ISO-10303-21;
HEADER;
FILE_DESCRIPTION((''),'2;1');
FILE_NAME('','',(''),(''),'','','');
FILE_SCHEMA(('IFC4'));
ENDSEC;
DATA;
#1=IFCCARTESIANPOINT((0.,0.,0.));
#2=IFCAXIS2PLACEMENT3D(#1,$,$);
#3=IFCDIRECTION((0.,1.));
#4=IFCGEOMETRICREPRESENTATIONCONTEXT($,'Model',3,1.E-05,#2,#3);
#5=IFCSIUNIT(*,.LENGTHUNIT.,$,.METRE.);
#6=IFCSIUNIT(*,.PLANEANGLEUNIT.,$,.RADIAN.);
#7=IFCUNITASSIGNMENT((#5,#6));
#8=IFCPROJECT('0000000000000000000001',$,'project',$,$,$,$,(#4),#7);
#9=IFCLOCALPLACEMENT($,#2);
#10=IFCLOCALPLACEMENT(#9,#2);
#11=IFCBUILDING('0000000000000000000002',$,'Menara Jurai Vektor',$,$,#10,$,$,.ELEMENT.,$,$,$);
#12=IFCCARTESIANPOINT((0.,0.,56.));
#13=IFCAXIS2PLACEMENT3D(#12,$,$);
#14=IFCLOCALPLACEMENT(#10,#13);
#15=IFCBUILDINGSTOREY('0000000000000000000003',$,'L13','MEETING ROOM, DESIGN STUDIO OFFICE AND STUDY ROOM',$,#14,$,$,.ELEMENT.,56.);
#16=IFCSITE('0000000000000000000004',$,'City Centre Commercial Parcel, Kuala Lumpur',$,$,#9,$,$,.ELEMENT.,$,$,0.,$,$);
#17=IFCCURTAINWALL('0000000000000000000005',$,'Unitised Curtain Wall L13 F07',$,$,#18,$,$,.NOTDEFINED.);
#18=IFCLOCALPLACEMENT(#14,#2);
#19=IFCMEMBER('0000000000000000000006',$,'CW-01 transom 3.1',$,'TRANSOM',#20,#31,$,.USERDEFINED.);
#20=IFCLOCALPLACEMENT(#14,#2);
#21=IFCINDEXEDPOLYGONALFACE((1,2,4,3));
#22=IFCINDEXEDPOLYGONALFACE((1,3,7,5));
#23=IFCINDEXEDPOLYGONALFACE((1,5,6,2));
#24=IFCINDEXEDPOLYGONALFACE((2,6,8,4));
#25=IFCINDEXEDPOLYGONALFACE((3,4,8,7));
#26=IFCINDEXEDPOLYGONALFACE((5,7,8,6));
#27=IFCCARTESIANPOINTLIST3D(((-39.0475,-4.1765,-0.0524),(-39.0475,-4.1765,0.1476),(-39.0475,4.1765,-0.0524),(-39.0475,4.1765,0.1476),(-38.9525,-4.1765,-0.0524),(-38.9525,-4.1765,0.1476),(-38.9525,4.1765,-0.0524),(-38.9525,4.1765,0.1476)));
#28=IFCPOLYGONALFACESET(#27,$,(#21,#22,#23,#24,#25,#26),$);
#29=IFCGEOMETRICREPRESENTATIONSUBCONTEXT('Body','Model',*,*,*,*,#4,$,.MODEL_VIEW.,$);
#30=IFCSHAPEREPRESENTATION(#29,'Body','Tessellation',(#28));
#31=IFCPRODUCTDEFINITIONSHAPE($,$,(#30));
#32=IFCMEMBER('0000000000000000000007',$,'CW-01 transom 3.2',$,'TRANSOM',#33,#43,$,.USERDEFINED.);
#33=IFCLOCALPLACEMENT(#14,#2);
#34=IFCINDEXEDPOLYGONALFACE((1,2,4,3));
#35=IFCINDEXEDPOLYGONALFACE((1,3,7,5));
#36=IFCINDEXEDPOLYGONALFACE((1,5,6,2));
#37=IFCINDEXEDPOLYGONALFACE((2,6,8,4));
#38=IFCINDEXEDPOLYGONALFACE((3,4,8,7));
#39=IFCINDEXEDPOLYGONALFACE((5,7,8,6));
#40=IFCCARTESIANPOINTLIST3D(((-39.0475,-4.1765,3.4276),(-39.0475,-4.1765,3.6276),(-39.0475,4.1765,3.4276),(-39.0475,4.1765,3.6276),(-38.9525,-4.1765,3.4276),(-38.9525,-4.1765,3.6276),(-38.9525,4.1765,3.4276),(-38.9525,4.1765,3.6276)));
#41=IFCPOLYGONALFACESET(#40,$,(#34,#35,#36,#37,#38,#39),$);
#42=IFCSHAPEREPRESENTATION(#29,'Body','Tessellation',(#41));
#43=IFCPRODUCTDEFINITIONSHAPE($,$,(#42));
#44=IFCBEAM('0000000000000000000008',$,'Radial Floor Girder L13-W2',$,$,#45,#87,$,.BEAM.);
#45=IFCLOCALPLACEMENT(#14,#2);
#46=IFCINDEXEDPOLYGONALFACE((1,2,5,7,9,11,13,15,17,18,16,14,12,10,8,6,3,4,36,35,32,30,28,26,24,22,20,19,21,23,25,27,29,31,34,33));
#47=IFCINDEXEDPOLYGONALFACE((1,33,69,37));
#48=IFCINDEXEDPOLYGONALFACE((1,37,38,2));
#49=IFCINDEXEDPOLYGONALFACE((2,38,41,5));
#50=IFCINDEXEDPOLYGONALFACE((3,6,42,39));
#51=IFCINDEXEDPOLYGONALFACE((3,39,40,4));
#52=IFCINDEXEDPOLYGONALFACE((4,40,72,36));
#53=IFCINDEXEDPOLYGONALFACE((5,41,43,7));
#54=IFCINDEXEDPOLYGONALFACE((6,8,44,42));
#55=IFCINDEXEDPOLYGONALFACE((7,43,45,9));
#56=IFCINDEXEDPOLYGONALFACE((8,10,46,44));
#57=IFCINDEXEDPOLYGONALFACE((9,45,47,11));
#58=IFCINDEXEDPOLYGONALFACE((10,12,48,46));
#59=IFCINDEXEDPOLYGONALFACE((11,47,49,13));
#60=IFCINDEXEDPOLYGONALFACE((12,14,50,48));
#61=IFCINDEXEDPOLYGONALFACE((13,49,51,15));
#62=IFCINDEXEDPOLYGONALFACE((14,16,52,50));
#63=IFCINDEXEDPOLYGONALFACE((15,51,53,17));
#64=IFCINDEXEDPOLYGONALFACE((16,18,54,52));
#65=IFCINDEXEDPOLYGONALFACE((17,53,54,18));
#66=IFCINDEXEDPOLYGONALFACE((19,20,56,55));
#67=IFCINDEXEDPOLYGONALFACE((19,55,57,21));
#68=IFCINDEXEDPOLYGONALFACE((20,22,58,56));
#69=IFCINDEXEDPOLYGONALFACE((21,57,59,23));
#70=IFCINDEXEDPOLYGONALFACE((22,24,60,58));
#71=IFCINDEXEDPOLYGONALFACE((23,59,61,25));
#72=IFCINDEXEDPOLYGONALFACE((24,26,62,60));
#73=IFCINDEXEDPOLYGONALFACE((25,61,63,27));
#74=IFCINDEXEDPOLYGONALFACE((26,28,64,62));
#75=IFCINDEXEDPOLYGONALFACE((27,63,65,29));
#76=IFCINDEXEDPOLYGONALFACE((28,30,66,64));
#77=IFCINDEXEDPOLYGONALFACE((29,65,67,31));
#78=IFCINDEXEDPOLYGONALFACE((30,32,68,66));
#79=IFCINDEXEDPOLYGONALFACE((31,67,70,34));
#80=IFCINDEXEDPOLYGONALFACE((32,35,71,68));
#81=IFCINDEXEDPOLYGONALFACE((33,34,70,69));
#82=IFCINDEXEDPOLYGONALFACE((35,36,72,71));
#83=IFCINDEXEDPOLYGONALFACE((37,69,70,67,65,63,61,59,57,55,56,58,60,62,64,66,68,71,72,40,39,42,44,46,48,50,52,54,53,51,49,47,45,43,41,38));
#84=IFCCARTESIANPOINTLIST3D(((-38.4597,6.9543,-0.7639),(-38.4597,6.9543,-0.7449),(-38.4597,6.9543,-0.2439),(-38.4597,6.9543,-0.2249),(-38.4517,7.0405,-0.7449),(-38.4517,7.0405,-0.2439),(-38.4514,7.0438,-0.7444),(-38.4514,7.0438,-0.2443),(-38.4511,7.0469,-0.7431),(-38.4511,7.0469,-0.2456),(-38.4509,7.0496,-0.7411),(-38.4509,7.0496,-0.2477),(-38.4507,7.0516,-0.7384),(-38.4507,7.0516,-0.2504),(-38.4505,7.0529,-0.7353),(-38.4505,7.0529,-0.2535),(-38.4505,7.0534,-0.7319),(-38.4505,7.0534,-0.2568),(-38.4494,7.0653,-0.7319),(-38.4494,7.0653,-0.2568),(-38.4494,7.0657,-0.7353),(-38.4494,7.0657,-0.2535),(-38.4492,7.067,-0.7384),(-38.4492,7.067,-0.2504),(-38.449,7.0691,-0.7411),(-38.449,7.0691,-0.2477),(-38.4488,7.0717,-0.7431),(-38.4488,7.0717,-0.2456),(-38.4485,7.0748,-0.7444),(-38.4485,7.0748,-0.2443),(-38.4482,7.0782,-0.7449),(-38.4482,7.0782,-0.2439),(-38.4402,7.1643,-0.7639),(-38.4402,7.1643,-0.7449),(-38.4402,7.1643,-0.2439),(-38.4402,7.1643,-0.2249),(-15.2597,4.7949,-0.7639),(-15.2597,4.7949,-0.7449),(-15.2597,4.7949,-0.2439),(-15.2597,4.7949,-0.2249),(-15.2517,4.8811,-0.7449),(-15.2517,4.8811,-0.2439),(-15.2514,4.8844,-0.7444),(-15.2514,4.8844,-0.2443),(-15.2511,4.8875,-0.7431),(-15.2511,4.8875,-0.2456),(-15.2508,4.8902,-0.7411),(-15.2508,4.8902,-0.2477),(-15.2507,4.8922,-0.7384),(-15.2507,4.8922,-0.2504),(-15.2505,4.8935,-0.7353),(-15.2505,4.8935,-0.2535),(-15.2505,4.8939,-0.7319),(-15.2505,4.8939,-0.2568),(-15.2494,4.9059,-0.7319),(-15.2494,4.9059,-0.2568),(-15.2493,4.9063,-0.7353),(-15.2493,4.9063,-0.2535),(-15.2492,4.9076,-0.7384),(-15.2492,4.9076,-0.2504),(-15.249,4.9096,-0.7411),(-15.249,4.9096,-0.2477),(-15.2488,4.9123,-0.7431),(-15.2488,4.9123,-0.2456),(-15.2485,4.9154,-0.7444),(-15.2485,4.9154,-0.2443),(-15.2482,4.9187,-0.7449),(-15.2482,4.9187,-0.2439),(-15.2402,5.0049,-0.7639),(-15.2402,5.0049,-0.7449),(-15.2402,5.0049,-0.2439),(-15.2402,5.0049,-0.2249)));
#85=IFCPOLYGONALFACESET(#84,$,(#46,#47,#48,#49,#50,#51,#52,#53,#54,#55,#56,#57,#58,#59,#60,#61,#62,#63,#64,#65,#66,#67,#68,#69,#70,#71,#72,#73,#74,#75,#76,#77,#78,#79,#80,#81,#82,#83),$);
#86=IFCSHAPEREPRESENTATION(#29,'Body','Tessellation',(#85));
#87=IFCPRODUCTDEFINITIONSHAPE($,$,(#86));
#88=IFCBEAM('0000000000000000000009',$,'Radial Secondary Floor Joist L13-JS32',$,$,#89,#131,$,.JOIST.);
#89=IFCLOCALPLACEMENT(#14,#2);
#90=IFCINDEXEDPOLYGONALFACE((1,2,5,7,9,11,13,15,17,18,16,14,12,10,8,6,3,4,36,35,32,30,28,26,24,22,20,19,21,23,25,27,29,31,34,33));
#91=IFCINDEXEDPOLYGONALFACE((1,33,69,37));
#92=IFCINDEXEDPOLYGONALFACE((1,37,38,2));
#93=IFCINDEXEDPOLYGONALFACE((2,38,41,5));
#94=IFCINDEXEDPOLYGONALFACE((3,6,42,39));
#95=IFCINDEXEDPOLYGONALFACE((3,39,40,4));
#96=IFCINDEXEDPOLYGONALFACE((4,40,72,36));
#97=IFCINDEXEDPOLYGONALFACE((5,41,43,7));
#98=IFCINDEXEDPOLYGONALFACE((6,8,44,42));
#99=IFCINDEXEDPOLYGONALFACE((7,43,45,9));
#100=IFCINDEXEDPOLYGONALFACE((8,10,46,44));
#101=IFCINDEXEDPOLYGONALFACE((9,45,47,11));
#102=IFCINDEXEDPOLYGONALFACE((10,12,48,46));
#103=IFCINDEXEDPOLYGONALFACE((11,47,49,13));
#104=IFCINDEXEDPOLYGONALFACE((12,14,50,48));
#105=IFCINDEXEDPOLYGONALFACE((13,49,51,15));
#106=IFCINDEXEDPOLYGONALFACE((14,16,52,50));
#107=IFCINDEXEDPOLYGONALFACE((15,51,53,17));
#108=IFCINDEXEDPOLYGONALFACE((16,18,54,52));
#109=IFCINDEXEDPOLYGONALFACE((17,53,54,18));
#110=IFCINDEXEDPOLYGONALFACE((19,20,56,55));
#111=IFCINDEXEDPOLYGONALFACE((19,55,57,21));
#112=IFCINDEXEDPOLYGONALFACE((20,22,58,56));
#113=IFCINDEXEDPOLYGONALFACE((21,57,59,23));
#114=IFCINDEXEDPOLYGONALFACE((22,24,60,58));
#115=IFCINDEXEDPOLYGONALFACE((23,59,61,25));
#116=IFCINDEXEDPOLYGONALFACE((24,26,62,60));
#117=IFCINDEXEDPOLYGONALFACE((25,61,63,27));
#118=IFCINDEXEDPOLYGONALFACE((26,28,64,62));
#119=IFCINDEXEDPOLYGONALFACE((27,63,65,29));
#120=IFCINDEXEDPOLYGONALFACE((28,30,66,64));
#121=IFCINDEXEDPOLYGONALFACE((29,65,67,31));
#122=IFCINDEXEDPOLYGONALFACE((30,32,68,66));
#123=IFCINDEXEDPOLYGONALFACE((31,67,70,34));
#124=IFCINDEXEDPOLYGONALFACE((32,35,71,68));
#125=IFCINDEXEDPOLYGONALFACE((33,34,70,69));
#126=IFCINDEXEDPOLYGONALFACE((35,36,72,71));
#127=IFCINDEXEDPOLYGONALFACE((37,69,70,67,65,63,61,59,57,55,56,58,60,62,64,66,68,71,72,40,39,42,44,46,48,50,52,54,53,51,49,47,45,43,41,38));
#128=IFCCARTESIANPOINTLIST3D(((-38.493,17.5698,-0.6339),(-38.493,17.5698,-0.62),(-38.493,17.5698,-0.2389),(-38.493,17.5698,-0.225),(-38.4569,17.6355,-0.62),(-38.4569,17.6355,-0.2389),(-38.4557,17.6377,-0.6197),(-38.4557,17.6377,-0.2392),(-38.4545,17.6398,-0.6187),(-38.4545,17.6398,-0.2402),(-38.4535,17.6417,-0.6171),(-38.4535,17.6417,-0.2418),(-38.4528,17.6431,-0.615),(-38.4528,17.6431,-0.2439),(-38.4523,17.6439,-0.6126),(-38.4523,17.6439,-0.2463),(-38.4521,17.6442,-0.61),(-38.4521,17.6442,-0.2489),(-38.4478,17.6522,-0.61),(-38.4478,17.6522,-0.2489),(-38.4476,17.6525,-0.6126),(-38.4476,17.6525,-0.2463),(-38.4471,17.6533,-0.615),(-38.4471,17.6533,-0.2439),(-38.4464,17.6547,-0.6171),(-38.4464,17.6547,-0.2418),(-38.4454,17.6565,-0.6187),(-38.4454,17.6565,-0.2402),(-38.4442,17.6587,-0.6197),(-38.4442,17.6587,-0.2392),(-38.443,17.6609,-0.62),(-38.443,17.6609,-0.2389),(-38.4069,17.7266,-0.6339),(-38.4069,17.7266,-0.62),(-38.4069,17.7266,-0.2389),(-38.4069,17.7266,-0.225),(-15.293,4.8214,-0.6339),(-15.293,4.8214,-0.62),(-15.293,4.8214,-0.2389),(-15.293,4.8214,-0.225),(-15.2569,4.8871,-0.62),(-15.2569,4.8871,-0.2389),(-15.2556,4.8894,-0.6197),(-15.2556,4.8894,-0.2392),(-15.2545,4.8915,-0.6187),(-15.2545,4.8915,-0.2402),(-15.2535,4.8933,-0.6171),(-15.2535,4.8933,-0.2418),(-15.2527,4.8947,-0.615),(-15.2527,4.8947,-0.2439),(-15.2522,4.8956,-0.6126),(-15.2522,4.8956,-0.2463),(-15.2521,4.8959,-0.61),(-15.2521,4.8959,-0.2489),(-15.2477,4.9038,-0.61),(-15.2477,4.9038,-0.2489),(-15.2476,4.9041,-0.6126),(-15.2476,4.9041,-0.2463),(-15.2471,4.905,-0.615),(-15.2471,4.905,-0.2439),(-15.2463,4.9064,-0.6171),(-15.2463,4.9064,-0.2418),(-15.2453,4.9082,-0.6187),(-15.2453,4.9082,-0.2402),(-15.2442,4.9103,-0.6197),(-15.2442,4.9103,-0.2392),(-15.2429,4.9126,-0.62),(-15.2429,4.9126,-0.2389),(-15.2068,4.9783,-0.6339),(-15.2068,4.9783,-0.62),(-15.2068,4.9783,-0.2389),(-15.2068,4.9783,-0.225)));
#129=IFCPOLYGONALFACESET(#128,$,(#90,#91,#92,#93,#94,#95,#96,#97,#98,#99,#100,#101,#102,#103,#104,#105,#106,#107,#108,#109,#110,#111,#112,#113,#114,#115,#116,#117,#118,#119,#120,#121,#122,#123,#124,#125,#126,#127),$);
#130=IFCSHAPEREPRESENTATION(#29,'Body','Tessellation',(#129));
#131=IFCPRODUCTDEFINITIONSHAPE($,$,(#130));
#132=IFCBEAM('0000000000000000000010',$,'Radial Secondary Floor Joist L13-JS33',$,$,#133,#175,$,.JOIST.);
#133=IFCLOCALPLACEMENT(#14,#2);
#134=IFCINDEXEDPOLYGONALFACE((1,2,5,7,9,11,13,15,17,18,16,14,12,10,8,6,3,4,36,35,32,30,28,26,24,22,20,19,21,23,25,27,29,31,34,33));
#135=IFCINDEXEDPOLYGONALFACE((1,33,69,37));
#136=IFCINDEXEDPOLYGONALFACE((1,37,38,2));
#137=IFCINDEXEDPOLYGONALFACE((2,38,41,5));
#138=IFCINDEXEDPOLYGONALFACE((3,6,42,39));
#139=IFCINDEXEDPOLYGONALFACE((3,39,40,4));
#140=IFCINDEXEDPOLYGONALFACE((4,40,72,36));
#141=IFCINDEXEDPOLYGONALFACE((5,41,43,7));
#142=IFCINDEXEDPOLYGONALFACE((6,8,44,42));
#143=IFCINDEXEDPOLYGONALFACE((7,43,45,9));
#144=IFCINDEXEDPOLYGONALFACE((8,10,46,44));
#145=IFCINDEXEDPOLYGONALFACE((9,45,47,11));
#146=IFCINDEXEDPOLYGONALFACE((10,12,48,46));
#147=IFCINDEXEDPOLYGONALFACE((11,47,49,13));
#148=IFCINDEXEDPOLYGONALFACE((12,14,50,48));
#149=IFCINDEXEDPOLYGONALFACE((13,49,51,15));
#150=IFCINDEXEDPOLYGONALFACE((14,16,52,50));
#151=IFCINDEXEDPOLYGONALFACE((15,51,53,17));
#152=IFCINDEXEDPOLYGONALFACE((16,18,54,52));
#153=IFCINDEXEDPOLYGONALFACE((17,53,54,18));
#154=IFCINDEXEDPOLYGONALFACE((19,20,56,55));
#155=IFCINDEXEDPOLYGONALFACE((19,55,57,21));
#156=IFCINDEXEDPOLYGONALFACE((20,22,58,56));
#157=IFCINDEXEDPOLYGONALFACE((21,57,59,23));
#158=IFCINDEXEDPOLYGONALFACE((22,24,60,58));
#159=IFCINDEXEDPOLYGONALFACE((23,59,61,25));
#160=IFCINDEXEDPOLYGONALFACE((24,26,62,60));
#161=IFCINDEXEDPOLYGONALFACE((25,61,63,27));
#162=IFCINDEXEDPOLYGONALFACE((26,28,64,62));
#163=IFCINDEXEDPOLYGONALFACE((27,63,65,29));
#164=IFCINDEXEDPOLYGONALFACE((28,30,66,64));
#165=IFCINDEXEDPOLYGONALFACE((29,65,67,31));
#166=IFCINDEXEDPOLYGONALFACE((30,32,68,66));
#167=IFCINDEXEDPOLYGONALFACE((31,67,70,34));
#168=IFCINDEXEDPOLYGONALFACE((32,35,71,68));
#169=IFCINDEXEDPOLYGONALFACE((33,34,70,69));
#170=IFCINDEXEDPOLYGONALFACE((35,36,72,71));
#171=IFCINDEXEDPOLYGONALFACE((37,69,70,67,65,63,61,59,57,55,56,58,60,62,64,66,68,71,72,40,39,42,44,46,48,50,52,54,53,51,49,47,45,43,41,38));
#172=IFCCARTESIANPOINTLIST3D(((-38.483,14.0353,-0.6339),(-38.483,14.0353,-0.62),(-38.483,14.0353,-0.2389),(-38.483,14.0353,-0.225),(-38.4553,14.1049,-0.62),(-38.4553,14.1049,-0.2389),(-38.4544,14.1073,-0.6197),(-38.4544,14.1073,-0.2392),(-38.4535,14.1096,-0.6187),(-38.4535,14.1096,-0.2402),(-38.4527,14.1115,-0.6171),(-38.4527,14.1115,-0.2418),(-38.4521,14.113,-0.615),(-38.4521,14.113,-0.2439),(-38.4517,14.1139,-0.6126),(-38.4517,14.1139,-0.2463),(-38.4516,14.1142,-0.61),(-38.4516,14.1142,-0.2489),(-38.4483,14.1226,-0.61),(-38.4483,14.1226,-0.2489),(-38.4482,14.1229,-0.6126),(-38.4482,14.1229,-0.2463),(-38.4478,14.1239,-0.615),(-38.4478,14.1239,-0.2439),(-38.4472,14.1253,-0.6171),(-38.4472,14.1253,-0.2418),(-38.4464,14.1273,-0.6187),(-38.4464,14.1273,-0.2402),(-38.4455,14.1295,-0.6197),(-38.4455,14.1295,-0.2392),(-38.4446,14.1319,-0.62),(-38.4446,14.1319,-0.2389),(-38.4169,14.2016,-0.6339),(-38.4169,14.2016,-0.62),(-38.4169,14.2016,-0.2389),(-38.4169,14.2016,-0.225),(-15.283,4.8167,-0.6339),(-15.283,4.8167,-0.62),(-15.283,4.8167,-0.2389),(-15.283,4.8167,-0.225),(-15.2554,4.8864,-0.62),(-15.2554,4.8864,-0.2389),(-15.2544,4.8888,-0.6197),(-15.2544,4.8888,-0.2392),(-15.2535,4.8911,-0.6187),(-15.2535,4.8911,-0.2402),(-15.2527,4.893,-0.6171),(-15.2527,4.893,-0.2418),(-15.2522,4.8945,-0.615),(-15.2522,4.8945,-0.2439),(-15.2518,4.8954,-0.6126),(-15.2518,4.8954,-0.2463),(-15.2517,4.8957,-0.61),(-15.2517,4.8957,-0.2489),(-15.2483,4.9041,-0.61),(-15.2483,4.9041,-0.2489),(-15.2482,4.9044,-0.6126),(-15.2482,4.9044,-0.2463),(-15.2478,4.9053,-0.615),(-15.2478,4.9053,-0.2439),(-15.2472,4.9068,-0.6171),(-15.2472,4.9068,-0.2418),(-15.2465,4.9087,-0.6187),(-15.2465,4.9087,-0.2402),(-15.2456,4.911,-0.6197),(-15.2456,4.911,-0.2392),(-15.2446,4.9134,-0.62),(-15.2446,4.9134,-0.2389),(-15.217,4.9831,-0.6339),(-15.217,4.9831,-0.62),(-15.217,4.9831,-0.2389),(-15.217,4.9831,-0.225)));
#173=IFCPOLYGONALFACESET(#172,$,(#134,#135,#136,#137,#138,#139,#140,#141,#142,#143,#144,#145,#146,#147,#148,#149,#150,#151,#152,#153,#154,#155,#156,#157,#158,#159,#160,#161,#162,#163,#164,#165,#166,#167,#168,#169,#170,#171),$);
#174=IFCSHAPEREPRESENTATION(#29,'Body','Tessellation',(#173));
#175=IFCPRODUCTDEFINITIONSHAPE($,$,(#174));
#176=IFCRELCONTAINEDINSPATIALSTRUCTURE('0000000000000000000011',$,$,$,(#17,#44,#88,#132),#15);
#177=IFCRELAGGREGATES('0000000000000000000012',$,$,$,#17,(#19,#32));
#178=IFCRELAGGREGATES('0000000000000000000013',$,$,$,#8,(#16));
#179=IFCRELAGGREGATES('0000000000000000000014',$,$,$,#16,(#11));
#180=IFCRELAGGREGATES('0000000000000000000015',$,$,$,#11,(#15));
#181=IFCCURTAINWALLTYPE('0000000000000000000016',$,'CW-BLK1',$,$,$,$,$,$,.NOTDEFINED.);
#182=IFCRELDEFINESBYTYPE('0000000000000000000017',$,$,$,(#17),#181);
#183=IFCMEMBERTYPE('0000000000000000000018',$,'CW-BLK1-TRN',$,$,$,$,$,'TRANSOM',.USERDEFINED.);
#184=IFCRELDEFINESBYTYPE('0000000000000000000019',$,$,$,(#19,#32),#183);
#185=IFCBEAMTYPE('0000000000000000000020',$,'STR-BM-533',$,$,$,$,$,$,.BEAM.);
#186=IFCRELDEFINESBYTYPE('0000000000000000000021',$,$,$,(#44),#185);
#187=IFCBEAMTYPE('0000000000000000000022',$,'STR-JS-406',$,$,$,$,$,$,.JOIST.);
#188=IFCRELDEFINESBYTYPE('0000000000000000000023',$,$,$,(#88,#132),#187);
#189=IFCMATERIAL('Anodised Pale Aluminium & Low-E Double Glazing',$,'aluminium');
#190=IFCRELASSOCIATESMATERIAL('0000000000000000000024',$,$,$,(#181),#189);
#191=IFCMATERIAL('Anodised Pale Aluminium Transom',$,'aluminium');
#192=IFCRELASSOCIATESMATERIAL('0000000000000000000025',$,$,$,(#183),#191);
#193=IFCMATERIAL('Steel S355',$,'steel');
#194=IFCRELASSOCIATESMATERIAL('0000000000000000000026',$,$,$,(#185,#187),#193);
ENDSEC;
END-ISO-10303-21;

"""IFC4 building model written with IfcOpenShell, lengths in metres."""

from ifc_helpers import new_model, si_unit, direction, frame, origin, origin_2d, place, context, subcontext, project, spatial, rectangle, i_section, extrude, material, material_profile, profile_set, type_object, element, aggregate, save


model = new_model("IFC4")

# Units and contexts
model_context = context("Model", 3, precision=1e-05, world=origin(), true_north=direction((0.0, 1.0)))
body_context = subcontext(model_context, "Body", "Model", "MODEL_VIEW")
ifc_project = project(units=[si_unit("LENGTHUNIT", "METRE"), si_unit("PLANEANGLEUNIT", "RADIAN")], contexts=[model_context])

# Site, building, storey
site_placement = place(None, origin())
site = spatial("IfcSite", under=ifc_project, at=site_placement, Name="City Centre Commercial Parcel, Kuala Lumpur", CompositionType="ELEMENT", RefElevation=0.0)
building_placement = place(site_placement, origin())
building = spatial("IfcBuilding", under=site, at=building_placement, Name="Menara Jurai Vektor", CompositionType="ELEMENT")
storey_placement = place(building_placement, frame((0.0, 0.0, 56.0)))
storey = spatial("IfcBuildingStorey", under=building, at=storey_placement, Name="L13", Description="MEETING ROOM, DESIGN STUDIO OFFICE AND STUDY ROOM", CompositionType="ELEMENT", Elevation=56.0)

# Curtain wall, members
ifc_material_1 = material(Name="Anodised Pale Aluminium & Low-E Double Glazing", Category="aluminium")
curtain_wall_type = type_object("IfcCurtainWallType", Name="CW-BLK1", PredefinedType="NOTDEFINED", material=ifc_material_1)
curtain_wall_placement = place(storey_placement, origin())
curtain_wall = element("IfcCurtainWall", 1, at=curtain_wall_placement, inside=storey, type_object=curtain_wall_type, Name="Unitised Curtain Wall L13 F07", PredefinedType="NOTDEFINED")
ifc_material_2 = material(Name="Anodised Pale Aluminium Transom", Category="aluminium")
ifc_material_profile_1 = material_profile(ifc_material_2, rectangle(XDim=0.095, YDim=0.2, at=origin_2d()), Name="ALU TRN 95x200")
ifc_profile_set_1 = profile_set([ifc_material_profile_1], Name="Anodised Pale Aluminium Transom")
member_type_1 = type_object("IfcMemberType", Name="CW-BLK1-TRN", ElementType="TRANSOM", PredefinedType="USERDEFINED", material=ifc_profile_set_1)
member_1_placement = place(storey_placement, frame((-39.0, 4.1765, 0.0476), z_axis=(0.0, -1.0, 0.0), x_axis=(1.0, 0.0, 0.0)))
member_1 = element("IfcMember", 2, at=member_1_placement, type_object=member_type_1, Name="CW-01 transom 3.1", ObjectType="TRANSOM", PredefinedType="USERDEFINED", context=body_context, shape_type="SweptSolid", body=[
    extrude(rectangle(XDim=0.095, YDim=0.2, at=origin_2d()), origin(), (0.0, 0.0, 1.0), 8.353),
])
member_2_placement = place(storey_placement, frame((-39.0, 4.1765, 3.5276), z_axis=(0.0, -1.0, 0.0), x_axis=(1.0, 0.0, 0.0)))
member_2 = element("IfcMember", 3, at=member_2_placement, type_object=member_type_1, Name="CW-01 transom 3.2", ObjectType="TRANSOM", PredefinedType="USERDEFINED", context=body_context, shape_type="SweptSolid", body=[
    extrude(rectangle(XDim=0.095, YDim=0.2, at=origin_2d()), origin(), (0.0, 0.0, 1.0), 8.353),
])

# Beams
ifc_material_3 = material(Name="Steel S355", Category="steel")
ifc_material_profile_2 = material_profile(ifc_material_3, i_section(OverallWidth=0.2109, OverallDepth=0.5391, WebThickness=0.012, FlangeThickness=0.019, FilletRadius=0.0129, at=origin_2d()), Name="UKB 533x210x109")
ifc_profile_set_2 = profile_set([ifc_material_profile_2], Name="Steel S355")
beam_type_1 = type_object("IfcBeamType", Name="STR-BM-533", PredefinedType="BEAM", material=ifc_profile_set_2)
beam_1_placement = place(storey_placement, frame((-38.45, 7.0593, -0.4944), z_axis=(0.995696, -0.092678, 0.0), x_axis=(0.092678, 0.995696, 0.0)))
element("IfcBeam", 4, at=beam_1_placement, inside=storey, type_object=beam_type_1, Name="Radial Floor Girder L13-W2", PredefinedType="BEAM", context=body_context, shape_type="SweptSolid", body=[
    extrude(i_section(OverallWidth=0.2109, OverallDepth=0.5391, WebThickness=0.012, FlangeThickness=0.019, FilletRadius=0.0129, at=origin_2d()), origin(), (0.0, 0.0, 1.0), 23.3003),
])
ifc_material_profile_3 = material_profile(ifc_material_3, i_section(OverallWidth=0.179, OverallDepth=0.4089, WebThickness=0.009, FlangeThickness=0.0139, FilletRadius=0.01, at=origin_2d()), Name="UKB 406x178x67")
ifc_profile_set_3 = profile_set([ifc_material_profile_3], Name="Steel S355")
beam_type_2 = type_object("IfcBeamType", Name="STR-JS-406", PredefinedType="JOIST", material=ifc_profile_set_3)
beam_2_placement = place(storey_placement, frame((-38.45, 17.6482, -0.4294), z_axis=(0.876402, -0.48158, 0.0), x_axis=(0.48158, 0.876402, 0.0)))
element("IfcBeam", 5, at=beam_2_placement, inside=storey, type_object=beam_type_2, Name="Radial Secondary Floor Joist L13-JS32", PredefinedType="JOIST", context=body_context, shape_type="SweptSolid", body=[
    extrude(i_section(OverallWidth=0.179, OverallDepth=0.4089, WebThickness=0.009, FlangeThickness=0.0139, FilletRadius=0.01, at=origin_2d()), origin(), (0.0, 0.0, 1.0), 26.4719),
])
beam_3_placement = place(storey_placement, frame((-38.45, 14.1184, -0.4294), z_axis=(0.929323, -0.369267, 0.0), x_axis=(0.369267, 0.929323, 0.0)))
element("IfcBeam", 6, at=beam_3_placement, inside=storey, type_object=beam_type_2, Name="Radial Secondary Floor Joist L13-JS33", PredefinedType="JOIST", context=body_context, shape_type="SweptSolid", body=[
    extrude(i_section(OverallWidth=0.179, OverallDepth=0.4089, WebThickness=0.009, FlangeThickness=0.0139, FilletRadius=0.01, at=origin_2d()), origin(), (0.0, 0.0, 1.0), 24.9644),
])

aggregate(curtain_wall, [member_1, member_2])

save(model, "model.ifc")
